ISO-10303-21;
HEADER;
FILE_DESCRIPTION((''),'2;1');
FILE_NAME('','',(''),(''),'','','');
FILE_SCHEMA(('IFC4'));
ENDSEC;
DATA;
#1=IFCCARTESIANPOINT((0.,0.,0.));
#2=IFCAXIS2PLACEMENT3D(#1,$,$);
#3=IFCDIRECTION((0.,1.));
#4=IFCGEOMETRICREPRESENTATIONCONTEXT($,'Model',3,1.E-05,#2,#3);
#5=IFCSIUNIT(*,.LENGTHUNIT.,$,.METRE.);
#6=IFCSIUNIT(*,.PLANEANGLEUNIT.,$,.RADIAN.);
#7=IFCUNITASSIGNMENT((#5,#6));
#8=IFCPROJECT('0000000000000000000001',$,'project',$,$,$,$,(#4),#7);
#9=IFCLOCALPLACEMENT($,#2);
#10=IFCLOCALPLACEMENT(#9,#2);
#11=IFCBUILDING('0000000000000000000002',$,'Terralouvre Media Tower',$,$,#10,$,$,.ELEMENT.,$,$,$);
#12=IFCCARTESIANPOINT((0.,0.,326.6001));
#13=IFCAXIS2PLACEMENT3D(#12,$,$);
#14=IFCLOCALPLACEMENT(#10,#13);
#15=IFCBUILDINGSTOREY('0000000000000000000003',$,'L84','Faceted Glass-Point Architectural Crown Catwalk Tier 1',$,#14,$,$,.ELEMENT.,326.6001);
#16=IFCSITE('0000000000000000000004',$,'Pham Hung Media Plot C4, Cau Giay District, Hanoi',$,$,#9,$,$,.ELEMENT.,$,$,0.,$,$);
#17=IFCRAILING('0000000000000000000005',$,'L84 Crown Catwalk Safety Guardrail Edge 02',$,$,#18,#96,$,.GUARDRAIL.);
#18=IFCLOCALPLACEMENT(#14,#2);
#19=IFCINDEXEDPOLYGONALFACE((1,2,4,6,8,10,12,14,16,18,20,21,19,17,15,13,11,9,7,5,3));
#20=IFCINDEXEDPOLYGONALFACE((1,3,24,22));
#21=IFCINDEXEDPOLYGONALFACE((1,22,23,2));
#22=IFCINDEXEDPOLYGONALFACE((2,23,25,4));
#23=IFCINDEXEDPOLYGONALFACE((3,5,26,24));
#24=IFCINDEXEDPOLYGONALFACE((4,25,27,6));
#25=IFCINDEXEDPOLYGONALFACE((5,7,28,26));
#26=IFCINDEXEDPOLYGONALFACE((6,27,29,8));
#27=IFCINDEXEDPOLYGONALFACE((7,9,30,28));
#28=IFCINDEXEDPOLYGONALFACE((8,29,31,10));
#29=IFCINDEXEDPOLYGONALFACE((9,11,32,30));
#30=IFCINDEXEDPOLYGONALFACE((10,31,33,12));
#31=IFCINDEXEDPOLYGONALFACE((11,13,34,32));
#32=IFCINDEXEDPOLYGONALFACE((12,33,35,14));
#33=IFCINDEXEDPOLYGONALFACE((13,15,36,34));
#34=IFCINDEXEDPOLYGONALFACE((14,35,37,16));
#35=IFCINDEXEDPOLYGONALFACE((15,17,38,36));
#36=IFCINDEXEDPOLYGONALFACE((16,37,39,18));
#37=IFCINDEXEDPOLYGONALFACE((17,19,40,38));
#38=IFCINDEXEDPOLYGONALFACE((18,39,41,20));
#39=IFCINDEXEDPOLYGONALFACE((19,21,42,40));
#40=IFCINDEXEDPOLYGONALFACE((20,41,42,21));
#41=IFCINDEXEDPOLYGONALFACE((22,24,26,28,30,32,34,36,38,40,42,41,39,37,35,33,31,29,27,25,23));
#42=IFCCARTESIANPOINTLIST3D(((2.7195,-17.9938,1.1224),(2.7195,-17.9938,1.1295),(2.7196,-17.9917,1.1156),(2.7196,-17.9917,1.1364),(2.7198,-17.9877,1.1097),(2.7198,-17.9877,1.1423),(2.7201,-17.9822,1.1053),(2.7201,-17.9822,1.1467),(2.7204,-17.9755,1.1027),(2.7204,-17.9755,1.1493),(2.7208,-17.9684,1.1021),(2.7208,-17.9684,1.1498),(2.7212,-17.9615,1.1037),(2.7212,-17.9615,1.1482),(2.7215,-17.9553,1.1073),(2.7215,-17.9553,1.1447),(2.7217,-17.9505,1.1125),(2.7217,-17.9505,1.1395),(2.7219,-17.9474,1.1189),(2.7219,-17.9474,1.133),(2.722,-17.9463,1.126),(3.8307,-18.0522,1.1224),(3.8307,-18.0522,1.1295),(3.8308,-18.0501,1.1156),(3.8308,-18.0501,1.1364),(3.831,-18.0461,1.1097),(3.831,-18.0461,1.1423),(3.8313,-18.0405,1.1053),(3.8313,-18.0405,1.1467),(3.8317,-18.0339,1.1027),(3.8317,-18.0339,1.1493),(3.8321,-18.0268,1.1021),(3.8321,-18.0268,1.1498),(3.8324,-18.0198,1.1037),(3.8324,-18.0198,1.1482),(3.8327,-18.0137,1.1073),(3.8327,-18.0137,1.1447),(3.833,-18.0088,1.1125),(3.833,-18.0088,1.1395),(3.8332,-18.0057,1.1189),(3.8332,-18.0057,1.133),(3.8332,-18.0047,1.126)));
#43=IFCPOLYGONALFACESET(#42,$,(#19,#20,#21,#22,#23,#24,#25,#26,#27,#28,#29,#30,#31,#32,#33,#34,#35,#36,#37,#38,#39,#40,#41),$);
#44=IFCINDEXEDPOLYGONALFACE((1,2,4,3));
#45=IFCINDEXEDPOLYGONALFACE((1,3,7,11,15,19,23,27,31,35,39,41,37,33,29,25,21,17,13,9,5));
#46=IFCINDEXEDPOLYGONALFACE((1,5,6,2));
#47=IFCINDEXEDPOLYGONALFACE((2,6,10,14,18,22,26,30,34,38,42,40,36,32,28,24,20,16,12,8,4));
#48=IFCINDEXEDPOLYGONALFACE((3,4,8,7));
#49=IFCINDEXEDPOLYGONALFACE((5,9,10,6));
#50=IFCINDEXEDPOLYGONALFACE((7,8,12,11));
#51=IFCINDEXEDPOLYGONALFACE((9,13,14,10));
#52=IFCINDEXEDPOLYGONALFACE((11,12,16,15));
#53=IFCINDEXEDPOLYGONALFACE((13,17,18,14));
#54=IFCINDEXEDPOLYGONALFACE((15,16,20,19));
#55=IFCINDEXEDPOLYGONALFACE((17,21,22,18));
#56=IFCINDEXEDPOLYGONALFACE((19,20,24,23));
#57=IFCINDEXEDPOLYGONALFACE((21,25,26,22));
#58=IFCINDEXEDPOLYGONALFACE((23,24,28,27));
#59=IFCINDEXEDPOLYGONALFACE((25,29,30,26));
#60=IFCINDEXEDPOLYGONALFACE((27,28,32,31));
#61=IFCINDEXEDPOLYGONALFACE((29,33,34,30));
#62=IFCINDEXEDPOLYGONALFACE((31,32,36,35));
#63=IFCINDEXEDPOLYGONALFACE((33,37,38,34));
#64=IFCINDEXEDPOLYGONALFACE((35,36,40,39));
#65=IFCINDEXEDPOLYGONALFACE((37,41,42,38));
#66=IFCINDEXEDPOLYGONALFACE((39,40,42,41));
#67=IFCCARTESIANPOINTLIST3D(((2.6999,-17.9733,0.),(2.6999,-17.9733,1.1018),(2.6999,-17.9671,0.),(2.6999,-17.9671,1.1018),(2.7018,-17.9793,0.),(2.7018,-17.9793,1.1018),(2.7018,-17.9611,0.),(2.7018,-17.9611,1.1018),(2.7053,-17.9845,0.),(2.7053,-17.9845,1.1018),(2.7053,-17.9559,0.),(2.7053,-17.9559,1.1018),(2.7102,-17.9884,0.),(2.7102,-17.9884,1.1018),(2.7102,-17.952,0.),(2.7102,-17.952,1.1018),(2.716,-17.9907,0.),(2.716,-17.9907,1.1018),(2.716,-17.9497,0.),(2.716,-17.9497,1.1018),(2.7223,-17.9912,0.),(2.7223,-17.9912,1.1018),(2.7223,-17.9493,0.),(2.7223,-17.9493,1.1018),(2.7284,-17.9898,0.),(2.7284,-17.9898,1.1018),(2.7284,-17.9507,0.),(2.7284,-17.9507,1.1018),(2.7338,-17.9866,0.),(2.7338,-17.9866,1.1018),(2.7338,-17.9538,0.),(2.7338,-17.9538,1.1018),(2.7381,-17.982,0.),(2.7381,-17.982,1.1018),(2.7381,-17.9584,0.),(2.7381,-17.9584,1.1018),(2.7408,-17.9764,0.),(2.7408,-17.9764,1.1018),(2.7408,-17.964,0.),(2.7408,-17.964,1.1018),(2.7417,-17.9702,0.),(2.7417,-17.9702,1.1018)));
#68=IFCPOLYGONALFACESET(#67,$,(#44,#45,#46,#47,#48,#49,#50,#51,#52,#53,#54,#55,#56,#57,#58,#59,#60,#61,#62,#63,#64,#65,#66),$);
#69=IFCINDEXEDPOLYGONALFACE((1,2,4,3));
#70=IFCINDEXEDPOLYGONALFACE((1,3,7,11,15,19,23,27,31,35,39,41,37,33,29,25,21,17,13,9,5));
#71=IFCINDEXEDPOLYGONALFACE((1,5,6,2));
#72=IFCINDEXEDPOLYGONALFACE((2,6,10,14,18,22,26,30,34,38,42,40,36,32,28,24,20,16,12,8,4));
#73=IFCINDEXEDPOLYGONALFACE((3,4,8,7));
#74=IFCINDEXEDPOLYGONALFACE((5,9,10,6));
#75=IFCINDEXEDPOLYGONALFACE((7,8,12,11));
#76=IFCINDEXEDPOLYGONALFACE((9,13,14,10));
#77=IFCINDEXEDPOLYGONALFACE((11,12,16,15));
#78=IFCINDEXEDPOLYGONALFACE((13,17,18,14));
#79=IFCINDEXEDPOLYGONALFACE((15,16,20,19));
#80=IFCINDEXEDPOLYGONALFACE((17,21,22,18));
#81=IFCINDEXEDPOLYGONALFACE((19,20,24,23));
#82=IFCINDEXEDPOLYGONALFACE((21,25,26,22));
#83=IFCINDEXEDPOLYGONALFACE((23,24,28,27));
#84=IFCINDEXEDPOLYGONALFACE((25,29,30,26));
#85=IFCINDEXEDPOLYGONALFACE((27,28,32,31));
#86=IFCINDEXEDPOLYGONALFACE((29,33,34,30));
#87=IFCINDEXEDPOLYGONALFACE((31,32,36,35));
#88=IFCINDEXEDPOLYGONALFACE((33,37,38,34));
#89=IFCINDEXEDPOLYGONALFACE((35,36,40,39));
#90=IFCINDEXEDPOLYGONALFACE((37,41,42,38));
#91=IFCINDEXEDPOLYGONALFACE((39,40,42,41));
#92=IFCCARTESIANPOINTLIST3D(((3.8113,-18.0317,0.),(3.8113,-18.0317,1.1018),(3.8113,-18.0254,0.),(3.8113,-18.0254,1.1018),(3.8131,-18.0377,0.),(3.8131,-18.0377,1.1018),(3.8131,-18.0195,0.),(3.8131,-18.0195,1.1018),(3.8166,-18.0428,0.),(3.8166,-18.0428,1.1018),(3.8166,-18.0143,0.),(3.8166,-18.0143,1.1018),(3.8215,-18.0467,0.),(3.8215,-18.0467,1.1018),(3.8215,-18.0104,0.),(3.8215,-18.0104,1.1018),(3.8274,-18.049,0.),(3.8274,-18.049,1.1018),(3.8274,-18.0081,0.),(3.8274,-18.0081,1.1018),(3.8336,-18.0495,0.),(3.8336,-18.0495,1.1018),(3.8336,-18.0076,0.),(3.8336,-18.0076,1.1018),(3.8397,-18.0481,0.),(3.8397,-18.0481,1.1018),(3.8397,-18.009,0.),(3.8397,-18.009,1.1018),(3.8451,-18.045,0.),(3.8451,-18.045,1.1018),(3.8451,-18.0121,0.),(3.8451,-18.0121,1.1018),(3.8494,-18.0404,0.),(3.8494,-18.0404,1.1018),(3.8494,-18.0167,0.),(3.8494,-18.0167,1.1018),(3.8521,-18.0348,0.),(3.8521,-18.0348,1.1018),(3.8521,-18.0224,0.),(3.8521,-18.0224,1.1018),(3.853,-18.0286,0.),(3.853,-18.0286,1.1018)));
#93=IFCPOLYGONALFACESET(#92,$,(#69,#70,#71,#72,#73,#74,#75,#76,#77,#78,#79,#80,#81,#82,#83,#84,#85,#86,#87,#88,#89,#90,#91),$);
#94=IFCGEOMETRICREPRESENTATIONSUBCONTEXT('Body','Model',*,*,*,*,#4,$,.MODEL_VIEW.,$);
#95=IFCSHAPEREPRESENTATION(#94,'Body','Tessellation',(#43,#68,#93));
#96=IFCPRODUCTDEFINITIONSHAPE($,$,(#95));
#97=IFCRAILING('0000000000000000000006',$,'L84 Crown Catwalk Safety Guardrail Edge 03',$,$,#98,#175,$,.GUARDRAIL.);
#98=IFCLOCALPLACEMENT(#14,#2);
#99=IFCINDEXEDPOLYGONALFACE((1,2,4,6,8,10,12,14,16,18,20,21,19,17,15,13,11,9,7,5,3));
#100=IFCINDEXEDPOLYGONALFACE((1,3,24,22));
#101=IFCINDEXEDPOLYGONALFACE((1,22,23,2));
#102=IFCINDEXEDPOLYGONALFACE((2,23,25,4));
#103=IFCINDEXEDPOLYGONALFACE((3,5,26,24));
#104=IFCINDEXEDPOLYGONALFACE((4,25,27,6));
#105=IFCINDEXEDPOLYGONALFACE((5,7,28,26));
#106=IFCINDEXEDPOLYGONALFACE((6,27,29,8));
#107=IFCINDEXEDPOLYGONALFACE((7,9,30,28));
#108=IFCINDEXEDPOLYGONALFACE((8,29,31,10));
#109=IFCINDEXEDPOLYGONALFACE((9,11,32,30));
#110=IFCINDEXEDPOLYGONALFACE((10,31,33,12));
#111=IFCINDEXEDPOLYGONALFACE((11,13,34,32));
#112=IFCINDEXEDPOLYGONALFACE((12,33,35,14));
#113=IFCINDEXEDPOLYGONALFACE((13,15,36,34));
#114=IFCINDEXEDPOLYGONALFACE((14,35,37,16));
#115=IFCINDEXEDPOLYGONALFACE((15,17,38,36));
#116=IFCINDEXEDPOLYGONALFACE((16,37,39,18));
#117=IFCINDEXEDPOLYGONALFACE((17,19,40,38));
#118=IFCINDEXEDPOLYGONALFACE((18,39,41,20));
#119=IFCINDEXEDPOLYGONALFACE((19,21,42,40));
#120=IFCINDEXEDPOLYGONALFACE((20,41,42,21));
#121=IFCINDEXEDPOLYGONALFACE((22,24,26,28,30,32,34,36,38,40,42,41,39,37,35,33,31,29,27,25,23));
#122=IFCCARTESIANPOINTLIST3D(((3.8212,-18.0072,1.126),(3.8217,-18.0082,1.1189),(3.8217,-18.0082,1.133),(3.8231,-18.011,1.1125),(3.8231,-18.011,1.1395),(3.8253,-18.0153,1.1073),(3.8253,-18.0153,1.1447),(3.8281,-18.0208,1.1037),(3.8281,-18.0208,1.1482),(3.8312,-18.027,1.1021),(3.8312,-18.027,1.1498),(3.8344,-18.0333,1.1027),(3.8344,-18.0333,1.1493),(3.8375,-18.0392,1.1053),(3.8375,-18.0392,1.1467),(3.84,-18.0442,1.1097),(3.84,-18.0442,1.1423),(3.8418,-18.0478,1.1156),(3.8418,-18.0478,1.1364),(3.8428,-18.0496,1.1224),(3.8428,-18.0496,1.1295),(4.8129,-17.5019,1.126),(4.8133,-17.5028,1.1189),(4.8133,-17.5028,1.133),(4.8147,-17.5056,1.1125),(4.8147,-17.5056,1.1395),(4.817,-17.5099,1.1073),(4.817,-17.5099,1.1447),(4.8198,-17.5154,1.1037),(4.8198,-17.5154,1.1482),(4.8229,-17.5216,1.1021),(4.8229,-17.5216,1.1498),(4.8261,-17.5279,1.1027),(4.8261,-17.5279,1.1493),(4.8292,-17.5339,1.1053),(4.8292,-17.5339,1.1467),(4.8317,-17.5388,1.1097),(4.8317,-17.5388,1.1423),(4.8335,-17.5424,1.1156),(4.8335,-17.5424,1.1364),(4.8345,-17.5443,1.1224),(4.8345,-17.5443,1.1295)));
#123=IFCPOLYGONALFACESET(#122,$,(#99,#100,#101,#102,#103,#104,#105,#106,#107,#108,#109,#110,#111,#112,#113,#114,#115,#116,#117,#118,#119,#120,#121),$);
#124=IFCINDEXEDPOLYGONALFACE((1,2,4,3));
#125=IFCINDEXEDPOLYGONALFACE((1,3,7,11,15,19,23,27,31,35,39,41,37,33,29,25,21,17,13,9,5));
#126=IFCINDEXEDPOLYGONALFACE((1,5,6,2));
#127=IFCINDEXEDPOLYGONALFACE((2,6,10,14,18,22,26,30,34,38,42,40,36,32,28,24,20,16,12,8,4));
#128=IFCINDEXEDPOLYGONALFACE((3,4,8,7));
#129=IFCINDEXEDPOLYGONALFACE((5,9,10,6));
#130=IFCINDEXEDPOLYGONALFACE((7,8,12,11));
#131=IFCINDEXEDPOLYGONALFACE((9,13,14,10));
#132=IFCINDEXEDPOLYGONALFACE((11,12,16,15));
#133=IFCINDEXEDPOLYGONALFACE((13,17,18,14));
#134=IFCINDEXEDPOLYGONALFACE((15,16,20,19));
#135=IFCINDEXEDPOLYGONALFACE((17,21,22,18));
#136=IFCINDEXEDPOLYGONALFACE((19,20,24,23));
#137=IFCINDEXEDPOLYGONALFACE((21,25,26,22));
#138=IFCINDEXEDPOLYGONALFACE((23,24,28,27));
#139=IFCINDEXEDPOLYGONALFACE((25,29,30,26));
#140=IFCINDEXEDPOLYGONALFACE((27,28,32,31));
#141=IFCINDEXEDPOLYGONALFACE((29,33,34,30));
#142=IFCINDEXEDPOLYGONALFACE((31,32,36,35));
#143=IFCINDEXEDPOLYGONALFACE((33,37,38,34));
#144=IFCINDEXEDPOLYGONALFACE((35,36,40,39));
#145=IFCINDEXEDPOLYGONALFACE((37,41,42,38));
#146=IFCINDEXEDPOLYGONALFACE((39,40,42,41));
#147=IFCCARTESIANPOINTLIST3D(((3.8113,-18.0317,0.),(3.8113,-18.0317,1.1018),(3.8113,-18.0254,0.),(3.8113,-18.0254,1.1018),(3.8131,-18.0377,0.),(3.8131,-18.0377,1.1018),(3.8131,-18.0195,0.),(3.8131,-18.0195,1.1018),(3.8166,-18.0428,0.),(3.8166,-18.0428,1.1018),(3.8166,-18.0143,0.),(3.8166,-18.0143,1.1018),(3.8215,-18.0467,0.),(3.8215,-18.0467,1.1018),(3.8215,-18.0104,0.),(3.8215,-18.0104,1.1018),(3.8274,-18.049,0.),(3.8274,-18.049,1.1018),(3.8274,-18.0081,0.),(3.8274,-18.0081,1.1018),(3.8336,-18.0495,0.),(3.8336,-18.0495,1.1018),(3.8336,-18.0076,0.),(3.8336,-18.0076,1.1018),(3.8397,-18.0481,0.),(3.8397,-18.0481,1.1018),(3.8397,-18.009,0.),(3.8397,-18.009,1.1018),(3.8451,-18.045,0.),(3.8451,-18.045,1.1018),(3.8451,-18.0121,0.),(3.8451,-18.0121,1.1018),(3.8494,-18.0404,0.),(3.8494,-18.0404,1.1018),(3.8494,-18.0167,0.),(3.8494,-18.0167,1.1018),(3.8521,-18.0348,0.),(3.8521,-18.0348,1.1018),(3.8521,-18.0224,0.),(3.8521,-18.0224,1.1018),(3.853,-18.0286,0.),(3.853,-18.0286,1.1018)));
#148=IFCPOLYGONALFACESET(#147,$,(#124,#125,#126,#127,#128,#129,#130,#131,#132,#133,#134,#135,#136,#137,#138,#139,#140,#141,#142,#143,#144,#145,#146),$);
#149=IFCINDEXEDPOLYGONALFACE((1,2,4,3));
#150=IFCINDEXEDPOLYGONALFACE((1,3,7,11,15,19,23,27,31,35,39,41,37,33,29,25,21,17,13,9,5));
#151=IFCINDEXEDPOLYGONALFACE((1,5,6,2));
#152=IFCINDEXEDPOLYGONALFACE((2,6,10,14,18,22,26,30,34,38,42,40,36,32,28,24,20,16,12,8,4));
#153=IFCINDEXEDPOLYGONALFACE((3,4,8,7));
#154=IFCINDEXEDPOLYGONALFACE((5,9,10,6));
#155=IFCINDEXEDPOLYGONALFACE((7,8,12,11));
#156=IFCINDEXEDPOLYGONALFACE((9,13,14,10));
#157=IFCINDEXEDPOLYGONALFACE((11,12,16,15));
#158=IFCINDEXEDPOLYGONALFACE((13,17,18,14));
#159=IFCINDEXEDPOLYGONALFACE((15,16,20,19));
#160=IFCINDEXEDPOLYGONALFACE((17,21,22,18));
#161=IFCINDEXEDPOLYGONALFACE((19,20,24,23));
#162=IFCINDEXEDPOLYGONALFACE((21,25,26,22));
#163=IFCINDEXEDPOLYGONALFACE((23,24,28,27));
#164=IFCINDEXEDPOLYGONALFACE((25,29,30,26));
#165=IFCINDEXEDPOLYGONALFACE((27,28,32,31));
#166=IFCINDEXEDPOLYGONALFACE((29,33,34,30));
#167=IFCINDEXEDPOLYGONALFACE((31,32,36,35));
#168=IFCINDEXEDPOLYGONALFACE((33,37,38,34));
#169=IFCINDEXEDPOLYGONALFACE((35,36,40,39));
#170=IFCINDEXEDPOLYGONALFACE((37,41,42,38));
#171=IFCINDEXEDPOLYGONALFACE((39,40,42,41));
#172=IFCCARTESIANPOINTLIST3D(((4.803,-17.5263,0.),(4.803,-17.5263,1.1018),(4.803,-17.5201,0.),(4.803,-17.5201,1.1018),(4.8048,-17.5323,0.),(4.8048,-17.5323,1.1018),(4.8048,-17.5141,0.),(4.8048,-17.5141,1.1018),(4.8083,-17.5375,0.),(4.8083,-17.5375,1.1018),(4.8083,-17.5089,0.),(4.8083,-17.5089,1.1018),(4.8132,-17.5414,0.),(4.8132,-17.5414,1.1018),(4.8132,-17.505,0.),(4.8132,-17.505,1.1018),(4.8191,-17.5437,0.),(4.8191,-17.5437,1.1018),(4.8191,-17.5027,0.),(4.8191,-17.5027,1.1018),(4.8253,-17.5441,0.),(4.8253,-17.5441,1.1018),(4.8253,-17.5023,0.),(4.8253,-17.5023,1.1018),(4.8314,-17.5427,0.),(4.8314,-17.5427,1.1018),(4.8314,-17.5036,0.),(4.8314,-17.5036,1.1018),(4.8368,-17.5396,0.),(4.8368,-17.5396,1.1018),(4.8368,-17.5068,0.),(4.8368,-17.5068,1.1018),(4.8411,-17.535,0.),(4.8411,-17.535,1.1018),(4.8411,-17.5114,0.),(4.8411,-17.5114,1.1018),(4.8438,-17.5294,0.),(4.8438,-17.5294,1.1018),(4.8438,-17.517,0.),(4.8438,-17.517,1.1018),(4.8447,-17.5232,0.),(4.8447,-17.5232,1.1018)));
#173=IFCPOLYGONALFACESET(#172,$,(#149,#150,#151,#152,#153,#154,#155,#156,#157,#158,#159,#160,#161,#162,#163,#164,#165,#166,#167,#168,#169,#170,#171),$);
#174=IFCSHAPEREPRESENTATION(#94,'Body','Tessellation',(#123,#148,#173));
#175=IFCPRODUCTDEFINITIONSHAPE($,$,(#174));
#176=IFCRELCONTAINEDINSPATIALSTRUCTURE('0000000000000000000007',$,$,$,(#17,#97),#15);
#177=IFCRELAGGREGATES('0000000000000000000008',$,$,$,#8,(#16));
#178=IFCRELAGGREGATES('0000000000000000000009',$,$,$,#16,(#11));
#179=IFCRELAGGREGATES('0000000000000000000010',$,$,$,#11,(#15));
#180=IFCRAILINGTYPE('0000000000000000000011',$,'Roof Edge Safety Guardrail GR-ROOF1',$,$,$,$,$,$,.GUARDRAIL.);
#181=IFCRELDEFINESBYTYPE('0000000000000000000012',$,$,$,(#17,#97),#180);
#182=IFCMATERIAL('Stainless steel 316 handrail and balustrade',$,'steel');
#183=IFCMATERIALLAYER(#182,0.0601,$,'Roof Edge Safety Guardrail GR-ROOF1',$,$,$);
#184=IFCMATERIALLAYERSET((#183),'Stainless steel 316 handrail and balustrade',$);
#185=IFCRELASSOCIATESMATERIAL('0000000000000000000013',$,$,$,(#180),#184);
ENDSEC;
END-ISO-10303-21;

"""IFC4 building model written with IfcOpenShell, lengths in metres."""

from ifc_helpers import new_model, si_unit, direction, frame, origin, origin_2d, place, context, subcontext, project, spatial, circle, extrude, material, layer, layer_set, type_object, element, save


model = new_model("IFC4")

# Units and contexts
model_context = context("Model", 3, precision=1e-05, world=origin(), true_north=direction((0.0, 1.0)))
body_context = subcontext(model_context, "Body", "Model", "MODEL_VIEW")
ifc_project = project(units=[si_unit("LENGTHUNIT", "METRE"), si_unit("PLANEANGLEUNIT", "RADIAN")], contexts=[model_context])

# Site, building, storey
site_placement = place(None, origin())
site = spatial("IfcSite", under=ifc_project, at=site_placement, Name="Pham Hung Media Plot C4, Cau Giay District, Hanoi", CompositionType="ELEMENT", RefElevation=0.0)
building_placement = place(site_placement, origin())
building = spatial("IfcBuilding", under=site, at=building_placement, Name="Terralouvre Media Tower", CompositionType="ELEMENT")
storey_placement = place(building_placement, frame((0.0, 0.0, 326.6001)))
storey = spatial("IfcBuildingStorey", under=building, at=storey_placement, Name="L84", Description="Faceted Glass-Point Architectural Crown Catwalk Tier 1", CompositionType="ELEMENT", Elevation=326.6001)

# Railings
ifc_material_1 = material(Name="Stainless steel 316 handrail and balustrade", Category="steel")
ifc_layer_1 = layer(ifc_material_1, 0.0601, Name="Roof Edge Safety Guardrail GR-ROOF1")
ifc_layer_set_1 = layer_set([ifc_layer_1], Name="Stainless steel 316 handrail and balustrade")
railing_type = type_object("IfcRailingType", Name="Roof Edge Safety Guardrail GR-ROOF1", PredefinedType="GUARDRAIL", material=ifc_layer_set_1)
railing_1_placement = place(storey_placement, frame((2.7207, -17.9702, 0.0)))
element("IfcRailing", 1, at=railing_1_placement, inside=storey, type_object=railing_type, Name="L84 Crown Catwalk Safety Guardrail Edge 02", PredefinedType="GUARDRAIL", context=body_context, shape_type="SweptSolid", body=[
    extrude(circle(Radius=0.0239, at=origin_2d()), frame((0.0, 0.0, 1.126), z_axis=(0.998624, -0.052432, 0.0), x_axis=(0.052432, 0.998624, 0.0)), (0.0, 0.0, 1.0), 1.1128),
    extrude(circle(Radius=0.021, at=origin_2d()), origin(), (0.0, 0.0, 1.0), 1.1018),
    extrude(circle(Radius=0.021, at=origin_2d()), frame((1.1113, -0.0583, 0.0)), (0.0, 0.0, 1.0), 1.1018),
])
railing_2_placement = place(storey_placement, frame((3.832, -18.0286, 0.0)))
element("IfcRailing", 2, at=railing_2_placement, inside=storey, type_object=railing_type, Name="L84 Crown Catwalk Safety Guardrail Edge 03", PredefinedType="GUARDRAIL", context=body_context, shape_type="SweptSolid", body=[
    extrude(circle(Radius=0.0239, at=origin_2d()), frame((0.0, 0.0, 1.126), z_axis=(0.890979, 0.454044, 0.0), x_axis=(-0.454044, 0.890979, 0.0)), (0.0, 0.0, 1.0), 1.113),
    extrude(circle(Radius=0.021, at=origin_2d()), origin(), (0.0, 0.0, 1.0), 1.1018),
    extrude(circle(Radius=0.021, at=origin_2d()), frame((0.9917, 0.5054, 0.0)), (0.0, 0.0, 1.0), 1.1018),
])

save(model, "model.ifc")
